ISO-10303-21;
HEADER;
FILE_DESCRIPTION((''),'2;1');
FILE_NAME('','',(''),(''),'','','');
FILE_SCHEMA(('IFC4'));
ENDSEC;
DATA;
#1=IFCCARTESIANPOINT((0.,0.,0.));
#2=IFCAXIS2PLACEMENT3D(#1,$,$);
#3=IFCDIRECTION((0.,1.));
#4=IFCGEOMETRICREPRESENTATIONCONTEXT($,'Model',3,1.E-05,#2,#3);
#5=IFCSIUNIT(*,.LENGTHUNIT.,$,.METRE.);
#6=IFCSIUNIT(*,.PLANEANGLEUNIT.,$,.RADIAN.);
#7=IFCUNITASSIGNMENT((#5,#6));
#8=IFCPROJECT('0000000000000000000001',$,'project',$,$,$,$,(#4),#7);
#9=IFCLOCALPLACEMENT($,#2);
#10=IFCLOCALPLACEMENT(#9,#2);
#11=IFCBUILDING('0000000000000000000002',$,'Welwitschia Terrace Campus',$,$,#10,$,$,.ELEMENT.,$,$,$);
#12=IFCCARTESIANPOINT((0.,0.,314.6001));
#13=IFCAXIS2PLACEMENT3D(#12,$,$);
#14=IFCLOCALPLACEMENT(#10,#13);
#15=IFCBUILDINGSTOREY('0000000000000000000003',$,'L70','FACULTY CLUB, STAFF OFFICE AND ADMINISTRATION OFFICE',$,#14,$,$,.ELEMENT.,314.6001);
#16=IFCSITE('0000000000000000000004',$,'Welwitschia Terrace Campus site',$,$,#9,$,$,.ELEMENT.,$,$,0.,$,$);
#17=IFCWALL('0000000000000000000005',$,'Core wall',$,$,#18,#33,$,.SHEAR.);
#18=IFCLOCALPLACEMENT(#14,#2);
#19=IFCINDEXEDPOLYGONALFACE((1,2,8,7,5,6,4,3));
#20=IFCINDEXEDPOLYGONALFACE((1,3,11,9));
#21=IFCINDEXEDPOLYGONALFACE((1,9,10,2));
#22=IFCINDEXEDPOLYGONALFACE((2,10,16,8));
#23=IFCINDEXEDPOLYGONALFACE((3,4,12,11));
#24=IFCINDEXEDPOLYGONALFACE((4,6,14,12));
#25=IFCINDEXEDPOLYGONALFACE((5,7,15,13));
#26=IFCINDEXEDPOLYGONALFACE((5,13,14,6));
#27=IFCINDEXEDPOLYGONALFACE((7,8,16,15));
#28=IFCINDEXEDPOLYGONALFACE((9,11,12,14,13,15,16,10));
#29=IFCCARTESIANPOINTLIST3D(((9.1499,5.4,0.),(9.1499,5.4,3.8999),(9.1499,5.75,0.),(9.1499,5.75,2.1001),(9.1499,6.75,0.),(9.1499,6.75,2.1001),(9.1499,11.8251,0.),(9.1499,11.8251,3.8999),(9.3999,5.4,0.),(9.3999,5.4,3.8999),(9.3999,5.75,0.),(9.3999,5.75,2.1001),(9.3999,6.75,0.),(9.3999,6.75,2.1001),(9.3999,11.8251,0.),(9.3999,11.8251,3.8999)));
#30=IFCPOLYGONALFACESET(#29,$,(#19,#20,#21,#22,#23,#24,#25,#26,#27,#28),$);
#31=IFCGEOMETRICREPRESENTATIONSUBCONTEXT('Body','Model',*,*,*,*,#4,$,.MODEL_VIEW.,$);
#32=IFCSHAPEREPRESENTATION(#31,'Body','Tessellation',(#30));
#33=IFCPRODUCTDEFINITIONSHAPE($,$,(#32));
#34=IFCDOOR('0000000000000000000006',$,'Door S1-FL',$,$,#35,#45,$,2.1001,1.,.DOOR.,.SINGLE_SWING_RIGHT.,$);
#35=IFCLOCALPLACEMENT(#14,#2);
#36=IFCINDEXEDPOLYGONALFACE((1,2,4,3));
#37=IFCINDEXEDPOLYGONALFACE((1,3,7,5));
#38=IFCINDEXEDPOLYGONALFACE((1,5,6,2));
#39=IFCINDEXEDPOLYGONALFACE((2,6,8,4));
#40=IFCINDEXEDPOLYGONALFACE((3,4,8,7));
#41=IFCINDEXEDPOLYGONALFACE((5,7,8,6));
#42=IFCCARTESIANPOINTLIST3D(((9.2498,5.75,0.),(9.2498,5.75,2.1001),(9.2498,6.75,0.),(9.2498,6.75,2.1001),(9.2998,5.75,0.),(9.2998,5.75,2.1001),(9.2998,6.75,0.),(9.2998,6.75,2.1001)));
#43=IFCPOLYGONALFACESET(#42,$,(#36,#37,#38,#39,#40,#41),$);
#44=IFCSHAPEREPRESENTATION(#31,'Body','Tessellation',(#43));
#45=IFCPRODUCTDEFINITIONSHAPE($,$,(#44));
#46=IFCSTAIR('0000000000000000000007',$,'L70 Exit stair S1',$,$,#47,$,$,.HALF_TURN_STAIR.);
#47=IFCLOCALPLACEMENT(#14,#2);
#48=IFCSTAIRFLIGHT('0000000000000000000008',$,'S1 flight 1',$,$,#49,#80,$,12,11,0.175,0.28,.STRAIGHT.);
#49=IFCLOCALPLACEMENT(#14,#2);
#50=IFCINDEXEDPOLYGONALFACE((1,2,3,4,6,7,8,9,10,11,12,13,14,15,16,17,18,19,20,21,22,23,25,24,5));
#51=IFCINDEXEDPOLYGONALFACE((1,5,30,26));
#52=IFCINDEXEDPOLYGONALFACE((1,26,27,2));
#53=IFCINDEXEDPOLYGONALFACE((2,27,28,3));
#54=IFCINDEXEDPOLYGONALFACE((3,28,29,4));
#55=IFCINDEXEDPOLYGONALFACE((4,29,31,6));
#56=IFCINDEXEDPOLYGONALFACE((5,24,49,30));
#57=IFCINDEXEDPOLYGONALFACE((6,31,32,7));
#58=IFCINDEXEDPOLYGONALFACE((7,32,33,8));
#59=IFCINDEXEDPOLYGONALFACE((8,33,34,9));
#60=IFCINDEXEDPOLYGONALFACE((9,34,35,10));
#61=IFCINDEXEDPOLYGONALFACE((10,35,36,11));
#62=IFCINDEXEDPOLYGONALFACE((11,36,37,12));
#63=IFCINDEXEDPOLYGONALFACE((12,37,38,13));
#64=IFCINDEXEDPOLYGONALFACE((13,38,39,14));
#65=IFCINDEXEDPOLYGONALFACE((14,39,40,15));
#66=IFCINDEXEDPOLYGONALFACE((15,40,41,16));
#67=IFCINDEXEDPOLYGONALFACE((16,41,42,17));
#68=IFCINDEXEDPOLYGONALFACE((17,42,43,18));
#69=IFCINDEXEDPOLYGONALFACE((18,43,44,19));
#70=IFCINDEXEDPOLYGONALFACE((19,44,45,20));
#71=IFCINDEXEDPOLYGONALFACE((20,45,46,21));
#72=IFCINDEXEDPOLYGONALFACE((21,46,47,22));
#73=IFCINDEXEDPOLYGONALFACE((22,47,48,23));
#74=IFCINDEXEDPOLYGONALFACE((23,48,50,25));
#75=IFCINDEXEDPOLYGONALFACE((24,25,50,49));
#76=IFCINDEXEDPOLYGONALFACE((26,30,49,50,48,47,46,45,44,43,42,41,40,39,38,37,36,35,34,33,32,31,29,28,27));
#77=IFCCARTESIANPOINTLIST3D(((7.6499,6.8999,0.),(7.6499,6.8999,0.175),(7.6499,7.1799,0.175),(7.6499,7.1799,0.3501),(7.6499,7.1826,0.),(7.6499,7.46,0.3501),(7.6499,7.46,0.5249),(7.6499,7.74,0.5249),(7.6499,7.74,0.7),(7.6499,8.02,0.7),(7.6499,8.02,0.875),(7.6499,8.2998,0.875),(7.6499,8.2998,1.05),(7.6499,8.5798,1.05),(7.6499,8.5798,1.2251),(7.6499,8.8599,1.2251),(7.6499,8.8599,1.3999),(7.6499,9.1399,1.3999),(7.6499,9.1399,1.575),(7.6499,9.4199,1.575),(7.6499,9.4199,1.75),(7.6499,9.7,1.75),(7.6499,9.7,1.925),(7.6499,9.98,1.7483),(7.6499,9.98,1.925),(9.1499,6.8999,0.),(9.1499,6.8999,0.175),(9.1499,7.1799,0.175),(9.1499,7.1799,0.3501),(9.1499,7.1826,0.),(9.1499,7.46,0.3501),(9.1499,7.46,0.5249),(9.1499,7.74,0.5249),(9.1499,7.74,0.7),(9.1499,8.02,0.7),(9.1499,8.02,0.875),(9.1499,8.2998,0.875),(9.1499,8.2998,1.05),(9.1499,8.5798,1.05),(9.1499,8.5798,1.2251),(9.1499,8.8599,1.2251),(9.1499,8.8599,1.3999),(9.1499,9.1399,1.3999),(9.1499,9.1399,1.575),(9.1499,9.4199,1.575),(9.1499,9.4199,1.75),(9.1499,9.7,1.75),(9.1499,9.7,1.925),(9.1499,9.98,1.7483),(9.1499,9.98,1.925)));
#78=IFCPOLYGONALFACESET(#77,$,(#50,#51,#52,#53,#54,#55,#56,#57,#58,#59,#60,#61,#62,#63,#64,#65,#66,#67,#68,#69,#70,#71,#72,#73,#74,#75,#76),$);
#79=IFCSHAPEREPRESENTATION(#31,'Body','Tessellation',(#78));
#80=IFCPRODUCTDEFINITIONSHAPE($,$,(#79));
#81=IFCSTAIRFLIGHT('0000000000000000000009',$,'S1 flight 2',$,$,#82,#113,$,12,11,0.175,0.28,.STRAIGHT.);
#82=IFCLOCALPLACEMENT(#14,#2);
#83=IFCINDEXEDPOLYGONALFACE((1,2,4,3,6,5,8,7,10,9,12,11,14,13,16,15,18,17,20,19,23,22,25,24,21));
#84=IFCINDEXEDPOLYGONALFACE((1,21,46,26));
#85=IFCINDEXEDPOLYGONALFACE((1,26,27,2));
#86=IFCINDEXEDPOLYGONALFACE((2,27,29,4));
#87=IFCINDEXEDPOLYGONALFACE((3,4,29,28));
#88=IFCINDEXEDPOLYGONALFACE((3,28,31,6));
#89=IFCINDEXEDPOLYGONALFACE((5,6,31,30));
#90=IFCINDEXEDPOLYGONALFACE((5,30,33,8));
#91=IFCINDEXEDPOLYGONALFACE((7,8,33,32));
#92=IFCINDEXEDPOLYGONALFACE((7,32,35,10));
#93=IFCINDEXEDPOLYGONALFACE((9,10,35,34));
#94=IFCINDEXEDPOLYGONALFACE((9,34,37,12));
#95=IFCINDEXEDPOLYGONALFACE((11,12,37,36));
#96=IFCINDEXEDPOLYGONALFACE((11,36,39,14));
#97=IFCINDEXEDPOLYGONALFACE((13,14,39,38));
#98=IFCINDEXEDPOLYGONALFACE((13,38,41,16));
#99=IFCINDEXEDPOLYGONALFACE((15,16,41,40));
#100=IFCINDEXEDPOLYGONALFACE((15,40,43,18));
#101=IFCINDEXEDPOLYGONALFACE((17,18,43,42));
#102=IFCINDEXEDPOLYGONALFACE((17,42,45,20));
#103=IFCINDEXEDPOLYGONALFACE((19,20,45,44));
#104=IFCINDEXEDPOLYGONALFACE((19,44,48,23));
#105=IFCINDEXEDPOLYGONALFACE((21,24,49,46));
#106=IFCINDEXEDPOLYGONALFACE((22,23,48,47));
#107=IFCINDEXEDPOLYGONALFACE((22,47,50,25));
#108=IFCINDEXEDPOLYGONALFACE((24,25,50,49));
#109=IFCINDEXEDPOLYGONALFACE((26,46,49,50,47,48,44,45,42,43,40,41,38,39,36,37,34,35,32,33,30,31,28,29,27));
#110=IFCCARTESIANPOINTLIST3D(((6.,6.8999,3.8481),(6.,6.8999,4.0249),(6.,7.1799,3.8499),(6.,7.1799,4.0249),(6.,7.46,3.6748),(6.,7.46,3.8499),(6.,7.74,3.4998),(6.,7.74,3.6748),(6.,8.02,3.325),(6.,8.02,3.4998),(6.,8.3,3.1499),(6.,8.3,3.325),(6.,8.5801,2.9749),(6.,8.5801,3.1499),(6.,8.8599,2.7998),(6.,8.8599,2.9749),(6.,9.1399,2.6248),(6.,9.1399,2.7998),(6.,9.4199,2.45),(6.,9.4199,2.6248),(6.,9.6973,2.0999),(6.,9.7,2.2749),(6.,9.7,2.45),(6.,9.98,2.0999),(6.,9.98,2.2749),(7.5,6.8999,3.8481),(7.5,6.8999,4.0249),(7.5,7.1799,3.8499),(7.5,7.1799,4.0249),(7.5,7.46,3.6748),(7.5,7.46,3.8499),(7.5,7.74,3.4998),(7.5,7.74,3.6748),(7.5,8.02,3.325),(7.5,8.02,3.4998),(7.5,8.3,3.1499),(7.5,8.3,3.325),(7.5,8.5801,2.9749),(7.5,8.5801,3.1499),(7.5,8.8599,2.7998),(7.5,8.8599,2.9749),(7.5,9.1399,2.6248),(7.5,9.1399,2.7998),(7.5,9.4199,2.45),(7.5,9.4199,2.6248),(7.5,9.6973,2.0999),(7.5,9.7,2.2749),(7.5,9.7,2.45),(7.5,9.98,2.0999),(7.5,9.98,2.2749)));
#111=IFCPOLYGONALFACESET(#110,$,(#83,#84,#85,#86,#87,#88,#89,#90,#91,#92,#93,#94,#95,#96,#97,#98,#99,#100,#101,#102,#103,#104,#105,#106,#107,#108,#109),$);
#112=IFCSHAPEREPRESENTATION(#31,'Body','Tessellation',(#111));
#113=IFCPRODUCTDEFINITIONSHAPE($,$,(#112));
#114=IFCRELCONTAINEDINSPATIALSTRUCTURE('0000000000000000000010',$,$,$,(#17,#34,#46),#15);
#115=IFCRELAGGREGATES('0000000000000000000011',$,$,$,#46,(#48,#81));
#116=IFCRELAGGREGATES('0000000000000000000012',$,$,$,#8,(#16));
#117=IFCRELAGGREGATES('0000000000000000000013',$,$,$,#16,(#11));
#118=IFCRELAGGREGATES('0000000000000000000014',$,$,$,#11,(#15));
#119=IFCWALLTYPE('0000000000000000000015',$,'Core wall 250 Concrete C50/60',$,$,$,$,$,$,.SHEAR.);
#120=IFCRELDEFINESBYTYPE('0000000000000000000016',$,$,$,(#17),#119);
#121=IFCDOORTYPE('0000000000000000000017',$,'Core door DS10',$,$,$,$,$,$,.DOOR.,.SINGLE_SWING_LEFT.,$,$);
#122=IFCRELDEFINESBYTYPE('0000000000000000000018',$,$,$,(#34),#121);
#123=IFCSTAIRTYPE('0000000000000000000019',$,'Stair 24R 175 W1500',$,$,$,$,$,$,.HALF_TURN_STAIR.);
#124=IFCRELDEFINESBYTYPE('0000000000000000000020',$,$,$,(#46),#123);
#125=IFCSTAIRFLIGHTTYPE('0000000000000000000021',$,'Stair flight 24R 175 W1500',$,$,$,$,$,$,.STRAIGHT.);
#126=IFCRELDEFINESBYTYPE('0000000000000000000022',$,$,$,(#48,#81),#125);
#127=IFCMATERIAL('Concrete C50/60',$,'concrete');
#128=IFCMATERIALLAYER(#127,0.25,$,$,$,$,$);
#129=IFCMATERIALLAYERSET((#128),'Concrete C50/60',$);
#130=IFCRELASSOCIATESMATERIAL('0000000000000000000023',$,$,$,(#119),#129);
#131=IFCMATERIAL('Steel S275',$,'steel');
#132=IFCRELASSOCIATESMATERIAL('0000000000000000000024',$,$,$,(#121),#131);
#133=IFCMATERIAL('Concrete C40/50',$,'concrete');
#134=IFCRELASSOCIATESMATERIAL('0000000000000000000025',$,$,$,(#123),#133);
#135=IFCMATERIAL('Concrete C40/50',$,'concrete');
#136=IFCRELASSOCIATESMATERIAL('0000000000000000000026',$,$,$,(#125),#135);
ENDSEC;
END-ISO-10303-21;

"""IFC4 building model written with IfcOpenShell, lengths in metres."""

from ifc_helpers import new_model, si_unit, direction, frame, frame_2d, origin, place, context, subcontext, project, spatial, polyline, rectangle, outline, extrude, material, layer, layer_set, type_object, element, fill, aggregate, save


model = new_model("IFC4")

# Units and contexts
model_context = context("Model", 3, precision=1e-05, world=origin(), true_north=direction((0.0, 1.0)))
body_context = subcontext(model_context, "Body", "Model", "MODEL_VIEW")
ifc_project = project(units=[si_unit("LENGTHUNIT", "METRE"), si_unit("PLANEANGLEUNIT", "RADIAN")], contexts=[model_context])

# Site, building, storey
site_placement = place(None, origin())
site = spatial("IfcSite", under=ifc_project, at=site_placement, Name="Welwitschia Terrace Campus site", CompositionType="ELEMENT", RefElevation=0.0)
building_placement = place(site_placement, origin())
building = spatial("IfcBuilding", under=site, at=building_placement, Name="Welwitschia Terrace Campus", CompositionType="ELEMENT")
storey_placement = place(building_placement, frame((0.0, 0.0, 314.6001)))
storey = spatial("IfcBuildingStorey", under=building, at=storey_placement, Name="L70", Description="FACULTY CLUB, STAFF OFFICE AND ADMINISTRATION OFFICE", CompositionType="ELEMENT", Elevation=314.6001)

# Shared definitions
ifc_material_1 = material(Name="Concrete C50/60", Category="concrete")
ifc_layer_1 = layer(ifc_material_1, 0.25)
ifc_layer_set_1 = layer_set([ifc_layer_1], Name="Concrete C50/60")
wall_type_1 = type_object("IfcWallType", Name="Core wall 250 Concrete C50/60", PredefinedType="SHEAR", material=ifc_layer_set_1)

# Wall, opening, door
wall_1_placement = place(storey_placement, frame((9.2749, 11.825, 0.0), z_axis=(0.0, 0.0, 1.0), x_axis=(0.0, -1.0, 0.0)))
wall_1 = element("IfcWall", 1, at=wall_1_placement, inside=storey, type_object=wall_type_1, Name="Core wall", PredefinedType="SHEAR", context=body_context, shape_type="SweptSolid", body=[
    extrude(rectangle(XDim=6.425, YDim=0.25, at=frame_2d((3.2124, 0.0))), origin(), (0.0, 0.0, 1.0), 3.8999),
])
opening_placement = place(wall_1_placement, frame((5.075, 0.0, 0.0)))
opening = element("IfcOpeningElement", 2, at=opening_placement, cuts=wall_1, PredefinedType="OPENING", context=body_context, shape_type="SweptSolid", body=[
    extrude(rectangle(XDim=1.0, YDim=2.1001, at=frame_2d((0.5, 1.05))), frame((0.0, 0.135, 0.0), z_axis=(0.0, -1.0, 0.0), x_axis=(1.0, 0.0, 0.0)), (0.0, 0.0, 1.0), 0.27),
])
ifc_material_2 = material(Name="Steel S275", Category="steel")
door_type = type_object("IfcDoorType", Name="Core door DS10", OperationType="SINGLE_SWING_LEFT", PredefinedType="DOOR", material=ifc_material_2)
door_placement = place(opening_placement, origin())
door = element("IfcDoor", 3, at=door_placement, inside=storey, type_object=door_type, Name="Door S1-FL", OperationType="SINGLE_SWING_RIGHT", OverallHeight=2.1001, OverallWidth=1.0, PredefinedType="DOOR", context=body_context, shape_type="SweptSolid", body=[
    extrude(rectangle(XDim=1.0, YDim=2.1001, at=frame_2d((0.5, 1.05))), frame((0.0, 0.0249, 0.0), z_axis=(0.0, -1.0, 0.0), x_axis=(1.0, 0.0, 0.0)), (0.0, 0.0, 1.0), 0.05),
])
fill(opening, door)

# Stair, stair flights
ifc_material_3 = material(Name="Concrete C40/50", Category="concrete")
stair_type = type_object("IfcStairType", Name="Stair 24R 175 W1500", PredefinedType="HALF_TURN_STAIR", material=ifc_material_3)
stair_placement = place(storey_placement, origin())
stair = element("IfcStair", 4, at=stair_placement, inside=storey, type_object=stair_type, Name="L70 Exit stair S1", PredefinedType="HALF_TURN_STAIR")
ifc_material_4 = material(Name="Concrete C40/50", Category="concrete")
stair_flight_type = type_object("IfcStairFlightType", Name="Stair flight 24R 175 W1500", PredefinedType="STRAIGHT", material=ifc_material_4)
stair_flight_1_placement = place(storey_placement, frame((8.3999, 6.8999, 0.0), z_axis=(0.0, 0.0, 1.0), x_axis=(0.0, 1.0, 0.0)))
stair_flight_1 = element("IfcStairFlight", 5, at=stair_flight_1_placement, type_object=stair_flight_type, Name="S1 flight 1", NumberOfRisers=12, NumberOfTreads=11, PredefinedType="STRAIGHT", RiserHeight=0.175, TreadLength=0.28, context=body_context, shape_type="SweptSolid", body=[
    extrude(outline(polyline([(0.0, 0.0), (0.0, 0.175), (0.28, 0.175), (0.28, 0.3501), (0.5601, 0.3501), (0.5601, 0.5249), (0.8401, 0.5249), (0.8401, 0.7), (1.1201, 0.7), (1.1201, 0.875), (1.3999, 0.875), (1.3999, 1.05), (1.6799, 1.05), (1.6799, 1.2251), (1.96, 1.2251), (1.96, 1.3999), (2.24, 1.3999), (2.24, 1.575), (2.52, 1.575), (2.52, 1.75), (2.8, 1.75), (2.8, 1.925), (3.0801, 1.925), (3.0801, 2.1001), (3.0801, 1.7483), (0.2827, 0.0), (0.0, 0.0)])), frame((0.0, 0.75, 0.0), z_axis=(0.0, -1.0, 0.0), x_axis=(1.0, 0.0, 0.0)), (0.0, 0.0, 1.0), 1.5),
])
stair_flight_2_placement = place(storey_placement, frame((6.75, 9.98, 2.0999), z_axis=(0.0, 0.0, 1.0), x_axis=(0.0, -1.0, 0.0)))
stair_flight_2 = element("IfcStairFlight", 6, at=stair_flight_2_placement, type_object=stair_flight_type, Name="S1 flight 2", NumberOfRisers=12, NumberOfTreads=11, PredefinedType="STRAIGHT", RiserHeight=0.175, TreadLength=0.28, context=body_context, shape_type="SweptSolid", body=[
    extrude(outline(polyline([(0.0, 0.0), (0.0, 0.175), (0.28, 0.175), (0.28, 0.3501), (0.5601, 0.3501), (0.5601, 0.5249), (0.8401, 0.5249), (0.8401, 0.7), (1.1201, 0.7), (1.1201, 0.875), (1.3999, 0.875), (1.3999, 1.05), (1.6799, 1.05), (1.6799, 1.2251), (1.96, 1.2251), (1.96, 1.3999), (2.24, 1.3999), (2.24, 1.575), (2.52, 1.575), (2.52, 1.75), (2.8, 1.75), (2.8, 1.925), (3.0801, 1.925), (3.0801, 2.1001), (3.0801, 1.7483), (0.2827, 0.0), (0.0, 0.0)])), frame((0.0, 0.75, 0.0), z_axis=(0.0, -1.0, 0.0), x_axis=(1.0, 0.0, 0.0)), (0.0, 0.0, 1.0), 1.5),
])
aggregate(stair, [stair_flight_1, stair_flight_2])

save(model, "model.ifc")
